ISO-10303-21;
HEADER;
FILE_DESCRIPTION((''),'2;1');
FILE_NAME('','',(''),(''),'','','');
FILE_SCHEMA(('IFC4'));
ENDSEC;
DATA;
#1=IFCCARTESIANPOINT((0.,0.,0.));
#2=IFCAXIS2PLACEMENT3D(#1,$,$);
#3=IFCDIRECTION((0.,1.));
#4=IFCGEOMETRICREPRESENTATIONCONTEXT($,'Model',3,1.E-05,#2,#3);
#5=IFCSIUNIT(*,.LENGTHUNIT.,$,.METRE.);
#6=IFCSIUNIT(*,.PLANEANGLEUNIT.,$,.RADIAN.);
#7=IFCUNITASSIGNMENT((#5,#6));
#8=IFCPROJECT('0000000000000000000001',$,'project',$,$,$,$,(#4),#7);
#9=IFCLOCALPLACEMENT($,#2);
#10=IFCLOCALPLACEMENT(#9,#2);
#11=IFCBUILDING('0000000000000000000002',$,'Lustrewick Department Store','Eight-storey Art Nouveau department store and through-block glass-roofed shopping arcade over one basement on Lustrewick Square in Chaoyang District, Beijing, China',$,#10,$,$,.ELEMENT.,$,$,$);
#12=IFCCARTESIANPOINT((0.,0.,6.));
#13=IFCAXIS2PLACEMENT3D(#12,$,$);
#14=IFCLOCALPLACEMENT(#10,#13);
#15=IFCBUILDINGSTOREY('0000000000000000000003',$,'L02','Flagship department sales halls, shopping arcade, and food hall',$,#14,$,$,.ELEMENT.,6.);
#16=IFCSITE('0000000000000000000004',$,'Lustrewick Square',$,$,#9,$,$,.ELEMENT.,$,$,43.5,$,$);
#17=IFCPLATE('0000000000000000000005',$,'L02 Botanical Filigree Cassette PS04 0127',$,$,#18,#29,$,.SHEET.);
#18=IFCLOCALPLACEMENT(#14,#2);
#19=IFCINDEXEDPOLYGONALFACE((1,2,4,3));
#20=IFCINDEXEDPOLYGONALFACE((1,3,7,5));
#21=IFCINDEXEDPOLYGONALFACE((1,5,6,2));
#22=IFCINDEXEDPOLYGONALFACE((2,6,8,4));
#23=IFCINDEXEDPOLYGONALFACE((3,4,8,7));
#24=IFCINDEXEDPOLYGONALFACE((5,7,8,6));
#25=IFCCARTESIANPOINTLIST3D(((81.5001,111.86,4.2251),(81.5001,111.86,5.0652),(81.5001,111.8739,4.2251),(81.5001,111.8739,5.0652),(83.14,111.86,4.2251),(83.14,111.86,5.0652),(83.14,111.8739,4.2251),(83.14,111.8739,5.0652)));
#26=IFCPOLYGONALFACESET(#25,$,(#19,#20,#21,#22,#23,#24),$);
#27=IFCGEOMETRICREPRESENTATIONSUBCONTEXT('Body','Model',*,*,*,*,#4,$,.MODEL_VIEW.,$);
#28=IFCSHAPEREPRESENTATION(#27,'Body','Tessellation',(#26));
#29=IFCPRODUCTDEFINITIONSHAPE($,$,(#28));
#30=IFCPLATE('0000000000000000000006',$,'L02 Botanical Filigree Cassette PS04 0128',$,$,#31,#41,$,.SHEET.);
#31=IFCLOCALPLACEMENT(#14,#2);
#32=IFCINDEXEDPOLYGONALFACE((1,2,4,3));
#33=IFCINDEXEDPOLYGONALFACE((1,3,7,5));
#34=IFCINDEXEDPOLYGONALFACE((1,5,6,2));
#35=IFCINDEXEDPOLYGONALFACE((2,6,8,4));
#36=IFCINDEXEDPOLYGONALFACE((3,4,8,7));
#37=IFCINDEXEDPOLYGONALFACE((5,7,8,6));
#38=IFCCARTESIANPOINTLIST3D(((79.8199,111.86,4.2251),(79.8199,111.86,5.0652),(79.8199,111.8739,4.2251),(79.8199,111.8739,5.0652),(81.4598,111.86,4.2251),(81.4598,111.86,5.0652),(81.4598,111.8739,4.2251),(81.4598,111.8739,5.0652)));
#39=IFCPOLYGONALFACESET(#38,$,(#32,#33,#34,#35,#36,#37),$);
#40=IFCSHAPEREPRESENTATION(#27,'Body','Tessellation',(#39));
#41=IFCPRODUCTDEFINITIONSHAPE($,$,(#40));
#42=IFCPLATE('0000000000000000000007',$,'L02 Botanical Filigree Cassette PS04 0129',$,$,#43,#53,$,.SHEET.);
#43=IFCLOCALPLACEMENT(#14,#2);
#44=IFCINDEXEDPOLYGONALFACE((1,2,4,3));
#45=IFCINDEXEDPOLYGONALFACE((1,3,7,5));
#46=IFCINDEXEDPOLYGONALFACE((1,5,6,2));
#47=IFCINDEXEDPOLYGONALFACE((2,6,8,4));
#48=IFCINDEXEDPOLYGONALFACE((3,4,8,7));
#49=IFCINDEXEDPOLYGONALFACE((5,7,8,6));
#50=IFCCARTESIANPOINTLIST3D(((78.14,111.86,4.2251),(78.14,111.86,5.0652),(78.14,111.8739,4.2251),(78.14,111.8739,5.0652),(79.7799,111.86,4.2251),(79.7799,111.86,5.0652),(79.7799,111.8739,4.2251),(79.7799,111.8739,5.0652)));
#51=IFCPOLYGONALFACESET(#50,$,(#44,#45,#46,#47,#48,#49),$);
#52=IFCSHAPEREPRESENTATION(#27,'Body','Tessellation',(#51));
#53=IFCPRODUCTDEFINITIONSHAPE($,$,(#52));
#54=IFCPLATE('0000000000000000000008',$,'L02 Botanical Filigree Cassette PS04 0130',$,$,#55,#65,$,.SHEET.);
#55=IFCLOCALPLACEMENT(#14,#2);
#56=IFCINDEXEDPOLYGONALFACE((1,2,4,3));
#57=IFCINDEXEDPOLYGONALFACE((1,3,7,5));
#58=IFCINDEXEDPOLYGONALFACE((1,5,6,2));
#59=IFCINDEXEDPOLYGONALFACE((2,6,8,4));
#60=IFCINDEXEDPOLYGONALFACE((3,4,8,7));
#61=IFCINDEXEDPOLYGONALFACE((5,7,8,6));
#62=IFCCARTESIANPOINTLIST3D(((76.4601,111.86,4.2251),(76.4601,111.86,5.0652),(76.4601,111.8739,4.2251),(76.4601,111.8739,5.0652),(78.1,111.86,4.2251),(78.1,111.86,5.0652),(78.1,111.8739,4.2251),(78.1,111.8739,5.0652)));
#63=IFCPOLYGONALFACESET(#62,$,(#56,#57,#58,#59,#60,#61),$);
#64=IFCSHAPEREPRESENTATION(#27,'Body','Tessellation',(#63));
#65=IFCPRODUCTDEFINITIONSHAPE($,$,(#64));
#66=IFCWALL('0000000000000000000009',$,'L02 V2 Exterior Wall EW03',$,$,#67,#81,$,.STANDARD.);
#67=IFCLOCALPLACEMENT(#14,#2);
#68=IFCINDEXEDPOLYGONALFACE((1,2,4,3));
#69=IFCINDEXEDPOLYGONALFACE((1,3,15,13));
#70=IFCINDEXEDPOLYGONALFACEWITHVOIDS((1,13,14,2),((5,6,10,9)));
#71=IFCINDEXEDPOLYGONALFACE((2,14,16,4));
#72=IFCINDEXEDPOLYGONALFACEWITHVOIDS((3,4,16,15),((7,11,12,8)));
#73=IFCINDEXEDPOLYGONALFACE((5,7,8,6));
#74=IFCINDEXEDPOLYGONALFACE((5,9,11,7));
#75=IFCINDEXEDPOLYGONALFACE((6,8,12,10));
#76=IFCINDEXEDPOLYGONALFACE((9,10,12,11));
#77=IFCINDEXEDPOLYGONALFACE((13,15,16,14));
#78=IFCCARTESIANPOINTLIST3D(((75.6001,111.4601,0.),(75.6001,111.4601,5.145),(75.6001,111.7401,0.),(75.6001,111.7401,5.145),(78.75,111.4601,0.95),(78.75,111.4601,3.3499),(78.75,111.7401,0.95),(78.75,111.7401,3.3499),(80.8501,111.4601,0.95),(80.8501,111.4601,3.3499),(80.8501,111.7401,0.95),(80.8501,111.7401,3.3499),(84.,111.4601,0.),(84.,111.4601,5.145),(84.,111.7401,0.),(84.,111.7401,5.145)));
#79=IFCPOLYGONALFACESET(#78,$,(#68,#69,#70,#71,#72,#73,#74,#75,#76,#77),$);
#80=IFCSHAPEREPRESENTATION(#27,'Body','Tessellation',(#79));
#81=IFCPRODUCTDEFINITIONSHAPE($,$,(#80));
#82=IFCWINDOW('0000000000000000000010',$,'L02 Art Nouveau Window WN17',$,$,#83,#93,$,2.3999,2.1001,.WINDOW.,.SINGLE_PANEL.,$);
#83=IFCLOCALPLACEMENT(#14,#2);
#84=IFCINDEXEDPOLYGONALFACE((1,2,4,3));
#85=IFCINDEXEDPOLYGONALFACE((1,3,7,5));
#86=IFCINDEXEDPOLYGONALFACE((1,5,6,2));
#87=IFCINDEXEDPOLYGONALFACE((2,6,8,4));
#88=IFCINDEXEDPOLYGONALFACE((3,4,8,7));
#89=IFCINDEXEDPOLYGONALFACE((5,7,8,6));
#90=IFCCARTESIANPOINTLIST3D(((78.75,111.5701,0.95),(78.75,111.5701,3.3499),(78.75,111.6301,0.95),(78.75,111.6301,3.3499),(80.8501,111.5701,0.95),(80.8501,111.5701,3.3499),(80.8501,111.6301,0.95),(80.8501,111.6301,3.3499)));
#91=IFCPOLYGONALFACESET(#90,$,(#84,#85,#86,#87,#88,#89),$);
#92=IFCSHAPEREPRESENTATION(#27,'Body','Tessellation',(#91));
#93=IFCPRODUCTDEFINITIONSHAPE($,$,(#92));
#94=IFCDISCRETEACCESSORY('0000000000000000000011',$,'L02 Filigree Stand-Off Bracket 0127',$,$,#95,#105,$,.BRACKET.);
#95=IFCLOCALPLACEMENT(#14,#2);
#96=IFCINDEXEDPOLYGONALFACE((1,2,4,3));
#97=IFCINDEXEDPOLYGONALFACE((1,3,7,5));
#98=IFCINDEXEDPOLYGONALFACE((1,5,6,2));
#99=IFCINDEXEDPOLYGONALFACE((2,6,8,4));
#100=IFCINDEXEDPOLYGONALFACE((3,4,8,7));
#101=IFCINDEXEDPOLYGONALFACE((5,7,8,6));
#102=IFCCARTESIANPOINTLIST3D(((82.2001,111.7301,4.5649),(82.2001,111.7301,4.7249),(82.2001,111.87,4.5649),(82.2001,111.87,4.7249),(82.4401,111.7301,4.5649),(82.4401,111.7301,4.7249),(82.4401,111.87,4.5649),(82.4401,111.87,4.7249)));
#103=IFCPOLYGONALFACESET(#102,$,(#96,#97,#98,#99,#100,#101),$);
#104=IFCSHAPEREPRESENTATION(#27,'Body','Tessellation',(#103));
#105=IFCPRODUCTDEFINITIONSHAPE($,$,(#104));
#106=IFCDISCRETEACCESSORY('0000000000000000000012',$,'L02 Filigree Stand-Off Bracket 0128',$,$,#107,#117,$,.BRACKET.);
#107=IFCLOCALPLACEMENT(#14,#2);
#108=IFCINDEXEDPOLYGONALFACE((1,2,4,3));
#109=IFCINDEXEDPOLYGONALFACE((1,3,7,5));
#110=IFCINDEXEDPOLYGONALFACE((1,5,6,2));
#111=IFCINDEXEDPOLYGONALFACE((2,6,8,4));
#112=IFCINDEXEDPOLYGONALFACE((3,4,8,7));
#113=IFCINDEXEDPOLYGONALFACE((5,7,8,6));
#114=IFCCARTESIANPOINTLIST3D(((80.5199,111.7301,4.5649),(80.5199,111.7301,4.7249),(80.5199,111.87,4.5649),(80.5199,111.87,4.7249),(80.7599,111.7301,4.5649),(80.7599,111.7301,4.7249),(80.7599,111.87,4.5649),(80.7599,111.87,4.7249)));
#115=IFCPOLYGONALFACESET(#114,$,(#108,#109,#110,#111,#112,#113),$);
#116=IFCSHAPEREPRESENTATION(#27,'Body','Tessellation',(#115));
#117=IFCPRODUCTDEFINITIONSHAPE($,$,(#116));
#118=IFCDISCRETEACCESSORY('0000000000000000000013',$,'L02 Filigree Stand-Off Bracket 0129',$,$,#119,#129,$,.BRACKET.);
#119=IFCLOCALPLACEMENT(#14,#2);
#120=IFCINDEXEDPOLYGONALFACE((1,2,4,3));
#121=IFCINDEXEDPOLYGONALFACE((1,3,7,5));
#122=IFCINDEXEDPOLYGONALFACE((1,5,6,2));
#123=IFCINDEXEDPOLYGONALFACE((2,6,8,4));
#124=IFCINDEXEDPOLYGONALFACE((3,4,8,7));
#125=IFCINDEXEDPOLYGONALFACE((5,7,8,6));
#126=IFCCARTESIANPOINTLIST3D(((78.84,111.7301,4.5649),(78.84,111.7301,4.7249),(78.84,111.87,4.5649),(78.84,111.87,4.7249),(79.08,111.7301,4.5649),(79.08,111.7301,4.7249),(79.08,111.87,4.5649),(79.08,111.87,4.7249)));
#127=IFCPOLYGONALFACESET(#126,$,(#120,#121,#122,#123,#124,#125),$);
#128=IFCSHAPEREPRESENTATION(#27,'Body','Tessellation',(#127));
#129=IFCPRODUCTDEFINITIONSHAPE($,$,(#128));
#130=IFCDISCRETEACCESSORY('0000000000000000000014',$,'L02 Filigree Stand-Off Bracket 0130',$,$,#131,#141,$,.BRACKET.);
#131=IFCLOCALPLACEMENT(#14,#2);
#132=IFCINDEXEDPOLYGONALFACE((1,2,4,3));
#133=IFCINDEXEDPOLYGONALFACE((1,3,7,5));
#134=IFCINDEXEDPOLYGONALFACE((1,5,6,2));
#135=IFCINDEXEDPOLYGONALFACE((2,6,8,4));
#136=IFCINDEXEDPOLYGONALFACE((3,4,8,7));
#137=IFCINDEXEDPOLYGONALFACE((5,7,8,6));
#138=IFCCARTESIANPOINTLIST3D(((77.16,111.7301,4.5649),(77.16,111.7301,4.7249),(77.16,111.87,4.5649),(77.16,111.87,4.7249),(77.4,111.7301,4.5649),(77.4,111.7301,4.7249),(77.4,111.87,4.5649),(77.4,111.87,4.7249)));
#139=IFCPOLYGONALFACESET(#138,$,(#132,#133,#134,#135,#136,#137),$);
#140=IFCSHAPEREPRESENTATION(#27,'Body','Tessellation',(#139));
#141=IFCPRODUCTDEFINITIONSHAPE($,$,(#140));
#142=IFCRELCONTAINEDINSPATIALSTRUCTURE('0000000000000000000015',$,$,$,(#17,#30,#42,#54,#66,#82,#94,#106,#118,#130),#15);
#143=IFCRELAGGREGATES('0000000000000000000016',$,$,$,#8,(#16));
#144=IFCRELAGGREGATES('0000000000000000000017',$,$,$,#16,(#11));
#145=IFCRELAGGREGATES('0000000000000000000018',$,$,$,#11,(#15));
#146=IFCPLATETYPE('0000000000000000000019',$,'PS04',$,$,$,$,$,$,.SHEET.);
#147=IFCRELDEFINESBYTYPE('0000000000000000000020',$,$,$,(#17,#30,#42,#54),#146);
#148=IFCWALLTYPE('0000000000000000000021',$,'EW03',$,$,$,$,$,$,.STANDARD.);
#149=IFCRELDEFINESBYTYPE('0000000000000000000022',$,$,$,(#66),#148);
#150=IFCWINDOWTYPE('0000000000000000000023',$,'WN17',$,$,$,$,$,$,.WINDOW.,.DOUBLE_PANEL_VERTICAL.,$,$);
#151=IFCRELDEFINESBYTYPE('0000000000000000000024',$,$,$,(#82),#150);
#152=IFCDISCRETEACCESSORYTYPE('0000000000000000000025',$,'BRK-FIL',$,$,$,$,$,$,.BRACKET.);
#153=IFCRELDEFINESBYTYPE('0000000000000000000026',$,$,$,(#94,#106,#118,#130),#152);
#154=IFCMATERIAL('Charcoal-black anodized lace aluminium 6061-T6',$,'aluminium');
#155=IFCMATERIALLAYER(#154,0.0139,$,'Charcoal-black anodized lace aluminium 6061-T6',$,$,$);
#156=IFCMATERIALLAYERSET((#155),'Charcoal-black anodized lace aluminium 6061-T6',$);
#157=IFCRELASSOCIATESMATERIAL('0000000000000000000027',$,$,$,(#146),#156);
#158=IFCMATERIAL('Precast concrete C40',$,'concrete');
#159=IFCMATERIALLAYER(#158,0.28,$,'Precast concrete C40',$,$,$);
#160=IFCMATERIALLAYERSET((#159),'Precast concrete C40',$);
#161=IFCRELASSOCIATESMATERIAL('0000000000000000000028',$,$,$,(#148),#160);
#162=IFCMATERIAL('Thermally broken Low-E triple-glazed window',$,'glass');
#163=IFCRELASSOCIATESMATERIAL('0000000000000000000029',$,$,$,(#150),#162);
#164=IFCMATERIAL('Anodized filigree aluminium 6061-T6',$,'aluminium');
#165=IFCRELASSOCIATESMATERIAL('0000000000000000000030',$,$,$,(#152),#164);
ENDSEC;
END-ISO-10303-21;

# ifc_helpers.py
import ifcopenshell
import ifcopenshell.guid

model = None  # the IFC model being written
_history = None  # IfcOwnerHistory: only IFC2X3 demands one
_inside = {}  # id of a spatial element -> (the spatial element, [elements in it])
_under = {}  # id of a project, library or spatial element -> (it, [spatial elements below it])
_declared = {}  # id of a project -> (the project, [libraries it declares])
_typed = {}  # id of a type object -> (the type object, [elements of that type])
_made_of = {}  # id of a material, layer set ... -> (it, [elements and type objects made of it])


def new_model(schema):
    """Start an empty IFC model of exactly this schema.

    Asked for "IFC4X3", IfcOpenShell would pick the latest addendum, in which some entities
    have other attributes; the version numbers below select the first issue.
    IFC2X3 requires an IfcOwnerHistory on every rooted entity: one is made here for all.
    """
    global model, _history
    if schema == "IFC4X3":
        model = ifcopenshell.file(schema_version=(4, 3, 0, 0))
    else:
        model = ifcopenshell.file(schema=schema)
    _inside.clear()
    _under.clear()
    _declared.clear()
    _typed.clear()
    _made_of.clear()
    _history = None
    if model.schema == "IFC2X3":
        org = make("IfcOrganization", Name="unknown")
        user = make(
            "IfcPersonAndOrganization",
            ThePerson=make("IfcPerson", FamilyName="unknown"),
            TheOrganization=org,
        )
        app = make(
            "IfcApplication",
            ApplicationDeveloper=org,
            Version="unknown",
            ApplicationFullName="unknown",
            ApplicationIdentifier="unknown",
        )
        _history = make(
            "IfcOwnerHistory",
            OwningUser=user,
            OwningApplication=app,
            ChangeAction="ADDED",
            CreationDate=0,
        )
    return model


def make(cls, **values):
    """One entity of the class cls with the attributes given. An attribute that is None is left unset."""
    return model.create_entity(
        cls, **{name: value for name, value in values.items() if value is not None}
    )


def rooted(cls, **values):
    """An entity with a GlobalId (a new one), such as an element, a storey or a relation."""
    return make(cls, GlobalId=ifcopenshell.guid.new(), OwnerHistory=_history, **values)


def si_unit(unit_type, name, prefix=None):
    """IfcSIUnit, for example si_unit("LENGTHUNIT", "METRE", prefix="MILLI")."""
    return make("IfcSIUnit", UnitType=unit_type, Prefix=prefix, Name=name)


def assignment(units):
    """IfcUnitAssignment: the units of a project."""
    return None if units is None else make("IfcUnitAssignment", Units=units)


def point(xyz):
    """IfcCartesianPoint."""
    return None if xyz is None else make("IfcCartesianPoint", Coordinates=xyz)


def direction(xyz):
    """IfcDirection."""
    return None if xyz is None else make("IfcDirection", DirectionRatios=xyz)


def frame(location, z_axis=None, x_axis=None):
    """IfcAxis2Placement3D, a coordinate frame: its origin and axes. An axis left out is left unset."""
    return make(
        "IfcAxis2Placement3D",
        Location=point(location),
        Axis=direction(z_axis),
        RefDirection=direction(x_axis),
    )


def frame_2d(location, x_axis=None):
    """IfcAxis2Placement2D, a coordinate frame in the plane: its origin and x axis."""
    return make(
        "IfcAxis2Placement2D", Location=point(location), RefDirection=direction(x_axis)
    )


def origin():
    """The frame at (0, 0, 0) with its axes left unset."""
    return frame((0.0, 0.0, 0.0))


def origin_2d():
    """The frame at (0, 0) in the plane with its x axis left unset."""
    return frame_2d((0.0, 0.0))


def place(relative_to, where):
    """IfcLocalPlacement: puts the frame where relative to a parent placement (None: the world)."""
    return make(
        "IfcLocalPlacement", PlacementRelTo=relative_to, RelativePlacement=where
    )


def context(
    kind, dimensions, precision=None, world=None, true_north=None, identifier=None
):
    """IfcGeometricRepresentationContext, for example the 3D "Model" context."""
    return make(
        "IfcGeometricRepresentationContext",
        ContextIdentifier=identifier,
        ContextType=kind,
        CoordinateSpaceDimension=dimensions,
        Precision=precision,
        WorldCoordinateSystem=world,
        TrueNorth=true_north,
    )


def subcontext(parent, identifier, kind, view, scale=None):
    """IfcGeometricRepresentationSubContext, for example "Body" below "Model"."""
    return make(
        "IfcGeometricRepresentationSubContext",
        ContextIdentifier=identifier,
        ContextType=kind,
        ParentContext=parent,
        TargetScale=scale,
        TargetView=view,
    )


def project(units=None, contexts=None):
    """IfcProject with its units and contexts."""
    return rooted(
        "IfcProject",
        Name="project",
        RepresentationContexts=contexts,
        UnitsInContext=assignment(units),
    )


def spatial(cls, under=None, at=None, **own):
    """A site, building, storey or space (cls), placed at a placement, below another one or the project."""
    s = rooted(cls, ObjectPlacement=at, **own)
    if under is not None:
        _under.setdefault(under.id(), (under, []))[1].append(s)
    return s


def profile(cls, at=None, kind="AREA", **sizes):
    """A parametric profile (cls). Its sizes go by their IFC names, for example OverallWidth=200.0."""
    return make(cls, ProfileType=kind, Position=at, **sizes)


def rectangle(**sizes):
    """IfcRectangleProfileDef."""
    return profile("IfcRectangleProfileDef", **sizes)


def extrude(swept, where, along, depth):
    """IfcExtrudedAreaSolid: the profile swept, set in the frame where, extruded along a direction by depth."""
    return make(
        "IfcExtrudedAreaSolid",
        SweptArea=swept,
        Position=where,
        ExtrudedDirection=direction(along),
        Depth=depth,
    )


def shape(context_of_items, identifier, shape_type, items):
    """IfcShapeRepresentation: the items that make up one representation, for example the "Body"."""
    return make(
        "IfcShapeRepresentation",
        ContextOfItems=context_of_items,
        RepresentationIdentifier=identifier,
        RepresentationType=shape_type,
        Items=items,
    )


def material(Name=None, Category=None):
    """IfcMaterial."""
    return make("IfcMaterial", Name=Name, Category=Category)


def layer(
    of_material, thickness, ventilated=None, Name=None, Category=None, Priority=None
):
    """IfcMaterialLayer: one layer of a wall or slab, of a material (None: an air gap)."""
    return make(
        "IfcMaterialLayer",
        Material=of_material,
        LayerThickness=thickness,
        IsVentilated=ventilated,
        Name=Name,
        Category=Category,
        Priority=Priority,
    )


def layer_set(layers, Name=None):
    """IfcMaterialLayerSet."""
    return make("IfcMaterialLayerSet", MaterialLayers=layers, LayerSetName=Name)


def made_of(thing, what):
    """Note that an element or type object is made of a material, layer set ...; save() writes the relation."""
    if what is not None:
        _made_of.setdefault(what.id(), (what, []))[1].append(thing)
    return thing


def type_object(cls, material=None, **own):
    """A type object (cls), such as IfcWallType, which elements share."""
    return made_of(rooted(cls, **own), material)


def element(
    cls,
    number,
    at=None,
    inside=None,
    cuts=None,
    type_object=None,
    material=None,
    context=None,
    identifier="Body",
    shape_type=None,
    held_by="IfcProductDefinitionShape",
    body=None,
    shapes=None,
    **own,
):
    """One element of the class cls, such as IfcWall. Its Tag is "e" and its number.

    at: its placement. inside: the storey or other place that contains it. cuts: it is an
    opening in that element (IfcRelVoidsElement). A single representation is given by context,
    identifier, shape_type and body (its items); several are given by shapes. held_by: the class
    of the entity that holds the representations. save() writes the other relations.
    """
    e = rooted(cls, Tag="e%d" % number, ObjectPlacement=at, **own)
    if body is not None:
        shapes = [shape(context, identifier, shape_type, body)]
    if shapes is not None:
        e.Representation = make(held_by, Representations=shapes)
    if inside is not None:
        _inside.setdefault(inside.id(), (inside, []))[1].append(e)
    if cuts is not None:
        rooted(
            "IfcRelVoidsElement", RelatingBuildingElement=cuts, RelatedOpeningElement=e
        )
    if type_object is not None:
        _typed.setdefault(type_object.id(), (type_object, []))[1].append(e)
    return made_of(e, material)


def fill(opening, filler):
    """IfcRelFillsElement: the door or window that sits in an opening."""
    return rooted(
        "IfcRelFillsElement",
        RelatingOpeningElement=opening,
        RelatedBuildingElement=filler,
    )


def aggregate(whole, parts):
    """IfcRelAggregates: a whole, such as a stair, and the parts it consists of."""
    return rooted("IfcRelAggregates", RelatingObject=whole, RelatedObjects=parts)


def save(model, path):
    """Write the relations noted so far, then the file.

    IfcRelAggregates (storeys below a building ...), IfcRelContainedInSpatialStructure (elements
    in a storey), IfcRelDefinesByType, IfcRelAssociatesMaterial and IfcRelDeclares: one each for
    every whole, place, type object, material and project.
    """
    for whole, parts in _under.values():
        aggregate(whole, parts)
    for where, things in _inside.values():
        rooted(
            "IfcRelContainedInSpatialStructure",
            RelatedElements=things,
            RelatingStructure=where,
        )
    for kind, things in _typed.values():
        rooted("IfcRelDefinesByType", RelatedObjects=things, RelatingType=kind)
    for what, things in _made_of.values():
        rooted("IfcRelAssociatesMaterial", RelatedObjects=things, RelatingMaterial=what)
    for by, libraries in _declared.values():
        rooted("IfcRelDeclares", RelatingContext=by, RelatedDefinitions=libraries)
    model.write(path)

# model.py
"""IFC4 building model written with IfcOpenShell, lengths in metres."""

from ifc_helpers import new_model, si_unit, direction, frame, frame_2d, origin, origin_2d, place, context, subcontext, project, spatial, rectangle, extrude, material, layer, layer_set, type_object, element, fill, save


model = new_model("IFC4")

# Units and contexts
model_context = context("Model", 3, precision=1e-05, world=origin(), true_north=direction((0.0, 1.0)))
body_context = subcontext(model_context, "Body", "Model", "MODEL_VIEW")
ifc_project = project(units=[si_unit("LENGTHUNIT", "METRE"), si_unit("PLANEANGLEUNIT", "RADIAN")], contexts=[model_context])

# Site, building, storey
site_placement = place(None, origin())
site = spatial("IfcSite", under=ifc_project, at=site_placement, Name="Lustrewick Square", CompositionType="ELEMENT", RefElevation=43.5)
building_placement = place(site_placement, origin())
building = spatial("IfcBuilding", under=site, at=building_placement, Name="Lustrewick Department Store", Description="Eight-storey Art Nouveau department store and through-block glass-roofed shopping arcade over one basement on Lustrewick Square in Chaoyang District, Beijing, China", CompositionType="ELEMENT")
storey_placement = place(building_placement, frame((0.0, 0.0, 6.0)))
storey = spatial("IfcBuildingStorey", under=building, at=storey_placement, Name="L02", Description="Flagship department sales halls, shopping arcade, and food hall", CompositionType="ELEMENT", Elevation=6.0)

# Plates
ifc_material_1 = material(Name="Charcoal-black anodized lace aluminium 6061-T6", Category="aluminium")
ifc_layer_1 = layer(ifc_material_1, 0.0139, Name="Charcoal-black anodized lace aluminium 6061-T6")
ifc_layer_set_1 = layer_set([ifc_layer_1], Name="Charcoal-black anodized lace aluminium 6061-T6")
plate_type_1 = type_object("IfcPlateType", Name="PS04", PredefinedType="SHEET", material=ifc_layer_set_1)
for number, where, z_axis, x_axis, name in (
    (1, (82.3201, 111.8669, 4.2251), (0.0, 0.0, 1.0), (-1.0, 0.0, 0.0), "L02 Botanical Filigree Cassette PS04 0127"),
    (2, (80.6399, 111.8669, 4.2251), (0.0, 0.0, 1.0), (-1.0, 0.0, 0.0), "L02 Botanical Filigree Cassette PS04 0128"),
    (3, (78.96, 111.8669, 4.2251), (0.0, 0.0, 1.0), (-1.0, 0.0, 0.0), "L02 Botanical Filigree Cassette PS04 0129"),
    (4, (77.28, 111.8669, 4.2251), (0.0, 0.0, 1.0), (-1.0, 0.0, 0.0), "L02 Botanical Filigree Cassette PS04 0130"),
):
    element("IfcPlate", number, at=place(storey_placement, frame(where, z_axis=z_axis, x_axis=x_axis)), inside=storey, type_object=plate_type_1, Name=name, PredefinedType="SHEET", context=body_context, shape_type="SweptSolid", body=[
        extrude(rectangle(XDim=1.6399, YDim=0.0139, at=origin_2d()), origin(), (0.0, 0.0, 1.0), 0.8401),
    ])

# Wall, opening, window
ifc_material_2 = material(Name="Precast concrete C40", Category="concrete")
ifc_layer_2 = layer(ifc_material_2, 0.28, Name="Precast concrete C40")
ifc_layer_set_2 = layer_set([ifc_layer_2], Name="Precast concrete C40")
wall_type = type_object("IfcWallType", Name="EW03", PredefinedType="STANDARD", material=ifc_layer_set_2)
wall_placement = place(storey_placement, frame((84.0, 111.6001, 0.0), z_axis=(0.0, 0.0, 1.0), x_axis=(-1.0, 0.0, 0.0)))
wall = element("IfcWall", 5, at=wall_placement, inside=storey, type_object=wall_type, Name="L02 V2 Exterior Wall EW03", PredefinedType="STANDARD", context=body_context, shape_type="SweptSolid", body=[
    extrude(rectangle(XDim=8.3999, YDim=0.28, at=frame_2d((4.2, 0.0))), origin(), (0.0, 0.0, 1.0), 5.145),
])
opening_placement = place(wall_placement, frame((3.1499, 0.0, 0.95)))
opening = element("IfcOpeningElement", 6, at=opening_placement, cuts=wall, PredefinedType="OPENING", context=body_context, shape_type="SweptSolid", body=[
    extrude(rectangle(XDim=2.1001, YDim=2.3999, at=frame_2d((1.05, 1.2))), frame((0.0, 0.1499, 0.0), z_axis=(0.0, -1.0, 0.0), x_axis=(1.0, 0.0, 0.0)), (0.0, 0.0, 1.0), 0.3),
])
ifc_material_3 = material(Name="Thermally broken Low-E triple-glazed window", Category="glass")
window_type = type_object("IfcWindowType", Name="WN17", PartitioningType="DOUBLE_PANEL_VERTICAL", PredefinedType="WINDOW", material=ifc_material_3)
window_placement = place(opening_placement, origin())
window = element("IfcWindow", 7, at=window_placement, inside=storey, type_object=window_type, Name="L02 Art Nouveau Window WN17", OverallHeight=2.3999, OverallWidth=2.1001, PartitioningType="SINGLE_PANEL", PredefinedType="WINDOW", context=body_context, shape_type="SweptSolid", body=[
    extrude(rectangle(XDim=2.1001, YDim=2.3999, at=frame_2d((1.05, 1.2))), frame((0.0, 0.03, 0.0), z_axis=(0.0, -1.0, 0.0), x_axis=(1.0, 0.0, 0.0)), (0.0, 0.0, 1.0), 0.0601),
])
fill(opening, window)

# Discrete accessories
ifc_material_4 = material(Name="Anodized filigree aluminium 6061-T6", Category="aluminium")
discrete_accessory_type = type_object("IfcDiscreteAccessoryType", Name="BRK-FIL", PredefinedType="BRACKET", material=ifc_material_4)
for number, where, z_axis, x_axis, name in (
    (8, (82.3201, 111.8, 4.5649), (0.0, 0.0, 1.0), (-1.0, 0.0, 0.0), "L02 Filigree Stand-Off Bracket 0127"),
    (9, (80.6399, 111.8, 4.5649), (0.0, 0.0, 1.0), (-1.0, 0.0, 0.0), "L02 Filigree Stand-Off Bracket 0128"),
    (10, (78.96, 111.8, 4.5649), (0.0, 0.0, 1.0), (-1.0, 0.0, 0.0), "L02 Filigree Stand-Off Bracket 0129"),
    (11, (77.28, 111.8, 4.5649), (0.0, 0.0, 1.0), (-1.0, 0.0, 0.0), "L02 Filigree Stand-Off Bracket 0130"),
):
    element("IfcDiscreteAccessory", number, at=place(storey_placement, frame(where, z_axis=z_axis, x_axis=x_axis)), inside=storey, type_object=discrete_accessory_type, Name=name, PredefinedType="BRACKET", context=body_context, shape_type="SweptSolid", body=[
        extrude(rectangle(XDim=0.24, YDim=0.1399, at=origin_2d()), origin(), (0.0, 0.0, 1.0), 0.1599),
    ])

save(model, "model.ifc")
